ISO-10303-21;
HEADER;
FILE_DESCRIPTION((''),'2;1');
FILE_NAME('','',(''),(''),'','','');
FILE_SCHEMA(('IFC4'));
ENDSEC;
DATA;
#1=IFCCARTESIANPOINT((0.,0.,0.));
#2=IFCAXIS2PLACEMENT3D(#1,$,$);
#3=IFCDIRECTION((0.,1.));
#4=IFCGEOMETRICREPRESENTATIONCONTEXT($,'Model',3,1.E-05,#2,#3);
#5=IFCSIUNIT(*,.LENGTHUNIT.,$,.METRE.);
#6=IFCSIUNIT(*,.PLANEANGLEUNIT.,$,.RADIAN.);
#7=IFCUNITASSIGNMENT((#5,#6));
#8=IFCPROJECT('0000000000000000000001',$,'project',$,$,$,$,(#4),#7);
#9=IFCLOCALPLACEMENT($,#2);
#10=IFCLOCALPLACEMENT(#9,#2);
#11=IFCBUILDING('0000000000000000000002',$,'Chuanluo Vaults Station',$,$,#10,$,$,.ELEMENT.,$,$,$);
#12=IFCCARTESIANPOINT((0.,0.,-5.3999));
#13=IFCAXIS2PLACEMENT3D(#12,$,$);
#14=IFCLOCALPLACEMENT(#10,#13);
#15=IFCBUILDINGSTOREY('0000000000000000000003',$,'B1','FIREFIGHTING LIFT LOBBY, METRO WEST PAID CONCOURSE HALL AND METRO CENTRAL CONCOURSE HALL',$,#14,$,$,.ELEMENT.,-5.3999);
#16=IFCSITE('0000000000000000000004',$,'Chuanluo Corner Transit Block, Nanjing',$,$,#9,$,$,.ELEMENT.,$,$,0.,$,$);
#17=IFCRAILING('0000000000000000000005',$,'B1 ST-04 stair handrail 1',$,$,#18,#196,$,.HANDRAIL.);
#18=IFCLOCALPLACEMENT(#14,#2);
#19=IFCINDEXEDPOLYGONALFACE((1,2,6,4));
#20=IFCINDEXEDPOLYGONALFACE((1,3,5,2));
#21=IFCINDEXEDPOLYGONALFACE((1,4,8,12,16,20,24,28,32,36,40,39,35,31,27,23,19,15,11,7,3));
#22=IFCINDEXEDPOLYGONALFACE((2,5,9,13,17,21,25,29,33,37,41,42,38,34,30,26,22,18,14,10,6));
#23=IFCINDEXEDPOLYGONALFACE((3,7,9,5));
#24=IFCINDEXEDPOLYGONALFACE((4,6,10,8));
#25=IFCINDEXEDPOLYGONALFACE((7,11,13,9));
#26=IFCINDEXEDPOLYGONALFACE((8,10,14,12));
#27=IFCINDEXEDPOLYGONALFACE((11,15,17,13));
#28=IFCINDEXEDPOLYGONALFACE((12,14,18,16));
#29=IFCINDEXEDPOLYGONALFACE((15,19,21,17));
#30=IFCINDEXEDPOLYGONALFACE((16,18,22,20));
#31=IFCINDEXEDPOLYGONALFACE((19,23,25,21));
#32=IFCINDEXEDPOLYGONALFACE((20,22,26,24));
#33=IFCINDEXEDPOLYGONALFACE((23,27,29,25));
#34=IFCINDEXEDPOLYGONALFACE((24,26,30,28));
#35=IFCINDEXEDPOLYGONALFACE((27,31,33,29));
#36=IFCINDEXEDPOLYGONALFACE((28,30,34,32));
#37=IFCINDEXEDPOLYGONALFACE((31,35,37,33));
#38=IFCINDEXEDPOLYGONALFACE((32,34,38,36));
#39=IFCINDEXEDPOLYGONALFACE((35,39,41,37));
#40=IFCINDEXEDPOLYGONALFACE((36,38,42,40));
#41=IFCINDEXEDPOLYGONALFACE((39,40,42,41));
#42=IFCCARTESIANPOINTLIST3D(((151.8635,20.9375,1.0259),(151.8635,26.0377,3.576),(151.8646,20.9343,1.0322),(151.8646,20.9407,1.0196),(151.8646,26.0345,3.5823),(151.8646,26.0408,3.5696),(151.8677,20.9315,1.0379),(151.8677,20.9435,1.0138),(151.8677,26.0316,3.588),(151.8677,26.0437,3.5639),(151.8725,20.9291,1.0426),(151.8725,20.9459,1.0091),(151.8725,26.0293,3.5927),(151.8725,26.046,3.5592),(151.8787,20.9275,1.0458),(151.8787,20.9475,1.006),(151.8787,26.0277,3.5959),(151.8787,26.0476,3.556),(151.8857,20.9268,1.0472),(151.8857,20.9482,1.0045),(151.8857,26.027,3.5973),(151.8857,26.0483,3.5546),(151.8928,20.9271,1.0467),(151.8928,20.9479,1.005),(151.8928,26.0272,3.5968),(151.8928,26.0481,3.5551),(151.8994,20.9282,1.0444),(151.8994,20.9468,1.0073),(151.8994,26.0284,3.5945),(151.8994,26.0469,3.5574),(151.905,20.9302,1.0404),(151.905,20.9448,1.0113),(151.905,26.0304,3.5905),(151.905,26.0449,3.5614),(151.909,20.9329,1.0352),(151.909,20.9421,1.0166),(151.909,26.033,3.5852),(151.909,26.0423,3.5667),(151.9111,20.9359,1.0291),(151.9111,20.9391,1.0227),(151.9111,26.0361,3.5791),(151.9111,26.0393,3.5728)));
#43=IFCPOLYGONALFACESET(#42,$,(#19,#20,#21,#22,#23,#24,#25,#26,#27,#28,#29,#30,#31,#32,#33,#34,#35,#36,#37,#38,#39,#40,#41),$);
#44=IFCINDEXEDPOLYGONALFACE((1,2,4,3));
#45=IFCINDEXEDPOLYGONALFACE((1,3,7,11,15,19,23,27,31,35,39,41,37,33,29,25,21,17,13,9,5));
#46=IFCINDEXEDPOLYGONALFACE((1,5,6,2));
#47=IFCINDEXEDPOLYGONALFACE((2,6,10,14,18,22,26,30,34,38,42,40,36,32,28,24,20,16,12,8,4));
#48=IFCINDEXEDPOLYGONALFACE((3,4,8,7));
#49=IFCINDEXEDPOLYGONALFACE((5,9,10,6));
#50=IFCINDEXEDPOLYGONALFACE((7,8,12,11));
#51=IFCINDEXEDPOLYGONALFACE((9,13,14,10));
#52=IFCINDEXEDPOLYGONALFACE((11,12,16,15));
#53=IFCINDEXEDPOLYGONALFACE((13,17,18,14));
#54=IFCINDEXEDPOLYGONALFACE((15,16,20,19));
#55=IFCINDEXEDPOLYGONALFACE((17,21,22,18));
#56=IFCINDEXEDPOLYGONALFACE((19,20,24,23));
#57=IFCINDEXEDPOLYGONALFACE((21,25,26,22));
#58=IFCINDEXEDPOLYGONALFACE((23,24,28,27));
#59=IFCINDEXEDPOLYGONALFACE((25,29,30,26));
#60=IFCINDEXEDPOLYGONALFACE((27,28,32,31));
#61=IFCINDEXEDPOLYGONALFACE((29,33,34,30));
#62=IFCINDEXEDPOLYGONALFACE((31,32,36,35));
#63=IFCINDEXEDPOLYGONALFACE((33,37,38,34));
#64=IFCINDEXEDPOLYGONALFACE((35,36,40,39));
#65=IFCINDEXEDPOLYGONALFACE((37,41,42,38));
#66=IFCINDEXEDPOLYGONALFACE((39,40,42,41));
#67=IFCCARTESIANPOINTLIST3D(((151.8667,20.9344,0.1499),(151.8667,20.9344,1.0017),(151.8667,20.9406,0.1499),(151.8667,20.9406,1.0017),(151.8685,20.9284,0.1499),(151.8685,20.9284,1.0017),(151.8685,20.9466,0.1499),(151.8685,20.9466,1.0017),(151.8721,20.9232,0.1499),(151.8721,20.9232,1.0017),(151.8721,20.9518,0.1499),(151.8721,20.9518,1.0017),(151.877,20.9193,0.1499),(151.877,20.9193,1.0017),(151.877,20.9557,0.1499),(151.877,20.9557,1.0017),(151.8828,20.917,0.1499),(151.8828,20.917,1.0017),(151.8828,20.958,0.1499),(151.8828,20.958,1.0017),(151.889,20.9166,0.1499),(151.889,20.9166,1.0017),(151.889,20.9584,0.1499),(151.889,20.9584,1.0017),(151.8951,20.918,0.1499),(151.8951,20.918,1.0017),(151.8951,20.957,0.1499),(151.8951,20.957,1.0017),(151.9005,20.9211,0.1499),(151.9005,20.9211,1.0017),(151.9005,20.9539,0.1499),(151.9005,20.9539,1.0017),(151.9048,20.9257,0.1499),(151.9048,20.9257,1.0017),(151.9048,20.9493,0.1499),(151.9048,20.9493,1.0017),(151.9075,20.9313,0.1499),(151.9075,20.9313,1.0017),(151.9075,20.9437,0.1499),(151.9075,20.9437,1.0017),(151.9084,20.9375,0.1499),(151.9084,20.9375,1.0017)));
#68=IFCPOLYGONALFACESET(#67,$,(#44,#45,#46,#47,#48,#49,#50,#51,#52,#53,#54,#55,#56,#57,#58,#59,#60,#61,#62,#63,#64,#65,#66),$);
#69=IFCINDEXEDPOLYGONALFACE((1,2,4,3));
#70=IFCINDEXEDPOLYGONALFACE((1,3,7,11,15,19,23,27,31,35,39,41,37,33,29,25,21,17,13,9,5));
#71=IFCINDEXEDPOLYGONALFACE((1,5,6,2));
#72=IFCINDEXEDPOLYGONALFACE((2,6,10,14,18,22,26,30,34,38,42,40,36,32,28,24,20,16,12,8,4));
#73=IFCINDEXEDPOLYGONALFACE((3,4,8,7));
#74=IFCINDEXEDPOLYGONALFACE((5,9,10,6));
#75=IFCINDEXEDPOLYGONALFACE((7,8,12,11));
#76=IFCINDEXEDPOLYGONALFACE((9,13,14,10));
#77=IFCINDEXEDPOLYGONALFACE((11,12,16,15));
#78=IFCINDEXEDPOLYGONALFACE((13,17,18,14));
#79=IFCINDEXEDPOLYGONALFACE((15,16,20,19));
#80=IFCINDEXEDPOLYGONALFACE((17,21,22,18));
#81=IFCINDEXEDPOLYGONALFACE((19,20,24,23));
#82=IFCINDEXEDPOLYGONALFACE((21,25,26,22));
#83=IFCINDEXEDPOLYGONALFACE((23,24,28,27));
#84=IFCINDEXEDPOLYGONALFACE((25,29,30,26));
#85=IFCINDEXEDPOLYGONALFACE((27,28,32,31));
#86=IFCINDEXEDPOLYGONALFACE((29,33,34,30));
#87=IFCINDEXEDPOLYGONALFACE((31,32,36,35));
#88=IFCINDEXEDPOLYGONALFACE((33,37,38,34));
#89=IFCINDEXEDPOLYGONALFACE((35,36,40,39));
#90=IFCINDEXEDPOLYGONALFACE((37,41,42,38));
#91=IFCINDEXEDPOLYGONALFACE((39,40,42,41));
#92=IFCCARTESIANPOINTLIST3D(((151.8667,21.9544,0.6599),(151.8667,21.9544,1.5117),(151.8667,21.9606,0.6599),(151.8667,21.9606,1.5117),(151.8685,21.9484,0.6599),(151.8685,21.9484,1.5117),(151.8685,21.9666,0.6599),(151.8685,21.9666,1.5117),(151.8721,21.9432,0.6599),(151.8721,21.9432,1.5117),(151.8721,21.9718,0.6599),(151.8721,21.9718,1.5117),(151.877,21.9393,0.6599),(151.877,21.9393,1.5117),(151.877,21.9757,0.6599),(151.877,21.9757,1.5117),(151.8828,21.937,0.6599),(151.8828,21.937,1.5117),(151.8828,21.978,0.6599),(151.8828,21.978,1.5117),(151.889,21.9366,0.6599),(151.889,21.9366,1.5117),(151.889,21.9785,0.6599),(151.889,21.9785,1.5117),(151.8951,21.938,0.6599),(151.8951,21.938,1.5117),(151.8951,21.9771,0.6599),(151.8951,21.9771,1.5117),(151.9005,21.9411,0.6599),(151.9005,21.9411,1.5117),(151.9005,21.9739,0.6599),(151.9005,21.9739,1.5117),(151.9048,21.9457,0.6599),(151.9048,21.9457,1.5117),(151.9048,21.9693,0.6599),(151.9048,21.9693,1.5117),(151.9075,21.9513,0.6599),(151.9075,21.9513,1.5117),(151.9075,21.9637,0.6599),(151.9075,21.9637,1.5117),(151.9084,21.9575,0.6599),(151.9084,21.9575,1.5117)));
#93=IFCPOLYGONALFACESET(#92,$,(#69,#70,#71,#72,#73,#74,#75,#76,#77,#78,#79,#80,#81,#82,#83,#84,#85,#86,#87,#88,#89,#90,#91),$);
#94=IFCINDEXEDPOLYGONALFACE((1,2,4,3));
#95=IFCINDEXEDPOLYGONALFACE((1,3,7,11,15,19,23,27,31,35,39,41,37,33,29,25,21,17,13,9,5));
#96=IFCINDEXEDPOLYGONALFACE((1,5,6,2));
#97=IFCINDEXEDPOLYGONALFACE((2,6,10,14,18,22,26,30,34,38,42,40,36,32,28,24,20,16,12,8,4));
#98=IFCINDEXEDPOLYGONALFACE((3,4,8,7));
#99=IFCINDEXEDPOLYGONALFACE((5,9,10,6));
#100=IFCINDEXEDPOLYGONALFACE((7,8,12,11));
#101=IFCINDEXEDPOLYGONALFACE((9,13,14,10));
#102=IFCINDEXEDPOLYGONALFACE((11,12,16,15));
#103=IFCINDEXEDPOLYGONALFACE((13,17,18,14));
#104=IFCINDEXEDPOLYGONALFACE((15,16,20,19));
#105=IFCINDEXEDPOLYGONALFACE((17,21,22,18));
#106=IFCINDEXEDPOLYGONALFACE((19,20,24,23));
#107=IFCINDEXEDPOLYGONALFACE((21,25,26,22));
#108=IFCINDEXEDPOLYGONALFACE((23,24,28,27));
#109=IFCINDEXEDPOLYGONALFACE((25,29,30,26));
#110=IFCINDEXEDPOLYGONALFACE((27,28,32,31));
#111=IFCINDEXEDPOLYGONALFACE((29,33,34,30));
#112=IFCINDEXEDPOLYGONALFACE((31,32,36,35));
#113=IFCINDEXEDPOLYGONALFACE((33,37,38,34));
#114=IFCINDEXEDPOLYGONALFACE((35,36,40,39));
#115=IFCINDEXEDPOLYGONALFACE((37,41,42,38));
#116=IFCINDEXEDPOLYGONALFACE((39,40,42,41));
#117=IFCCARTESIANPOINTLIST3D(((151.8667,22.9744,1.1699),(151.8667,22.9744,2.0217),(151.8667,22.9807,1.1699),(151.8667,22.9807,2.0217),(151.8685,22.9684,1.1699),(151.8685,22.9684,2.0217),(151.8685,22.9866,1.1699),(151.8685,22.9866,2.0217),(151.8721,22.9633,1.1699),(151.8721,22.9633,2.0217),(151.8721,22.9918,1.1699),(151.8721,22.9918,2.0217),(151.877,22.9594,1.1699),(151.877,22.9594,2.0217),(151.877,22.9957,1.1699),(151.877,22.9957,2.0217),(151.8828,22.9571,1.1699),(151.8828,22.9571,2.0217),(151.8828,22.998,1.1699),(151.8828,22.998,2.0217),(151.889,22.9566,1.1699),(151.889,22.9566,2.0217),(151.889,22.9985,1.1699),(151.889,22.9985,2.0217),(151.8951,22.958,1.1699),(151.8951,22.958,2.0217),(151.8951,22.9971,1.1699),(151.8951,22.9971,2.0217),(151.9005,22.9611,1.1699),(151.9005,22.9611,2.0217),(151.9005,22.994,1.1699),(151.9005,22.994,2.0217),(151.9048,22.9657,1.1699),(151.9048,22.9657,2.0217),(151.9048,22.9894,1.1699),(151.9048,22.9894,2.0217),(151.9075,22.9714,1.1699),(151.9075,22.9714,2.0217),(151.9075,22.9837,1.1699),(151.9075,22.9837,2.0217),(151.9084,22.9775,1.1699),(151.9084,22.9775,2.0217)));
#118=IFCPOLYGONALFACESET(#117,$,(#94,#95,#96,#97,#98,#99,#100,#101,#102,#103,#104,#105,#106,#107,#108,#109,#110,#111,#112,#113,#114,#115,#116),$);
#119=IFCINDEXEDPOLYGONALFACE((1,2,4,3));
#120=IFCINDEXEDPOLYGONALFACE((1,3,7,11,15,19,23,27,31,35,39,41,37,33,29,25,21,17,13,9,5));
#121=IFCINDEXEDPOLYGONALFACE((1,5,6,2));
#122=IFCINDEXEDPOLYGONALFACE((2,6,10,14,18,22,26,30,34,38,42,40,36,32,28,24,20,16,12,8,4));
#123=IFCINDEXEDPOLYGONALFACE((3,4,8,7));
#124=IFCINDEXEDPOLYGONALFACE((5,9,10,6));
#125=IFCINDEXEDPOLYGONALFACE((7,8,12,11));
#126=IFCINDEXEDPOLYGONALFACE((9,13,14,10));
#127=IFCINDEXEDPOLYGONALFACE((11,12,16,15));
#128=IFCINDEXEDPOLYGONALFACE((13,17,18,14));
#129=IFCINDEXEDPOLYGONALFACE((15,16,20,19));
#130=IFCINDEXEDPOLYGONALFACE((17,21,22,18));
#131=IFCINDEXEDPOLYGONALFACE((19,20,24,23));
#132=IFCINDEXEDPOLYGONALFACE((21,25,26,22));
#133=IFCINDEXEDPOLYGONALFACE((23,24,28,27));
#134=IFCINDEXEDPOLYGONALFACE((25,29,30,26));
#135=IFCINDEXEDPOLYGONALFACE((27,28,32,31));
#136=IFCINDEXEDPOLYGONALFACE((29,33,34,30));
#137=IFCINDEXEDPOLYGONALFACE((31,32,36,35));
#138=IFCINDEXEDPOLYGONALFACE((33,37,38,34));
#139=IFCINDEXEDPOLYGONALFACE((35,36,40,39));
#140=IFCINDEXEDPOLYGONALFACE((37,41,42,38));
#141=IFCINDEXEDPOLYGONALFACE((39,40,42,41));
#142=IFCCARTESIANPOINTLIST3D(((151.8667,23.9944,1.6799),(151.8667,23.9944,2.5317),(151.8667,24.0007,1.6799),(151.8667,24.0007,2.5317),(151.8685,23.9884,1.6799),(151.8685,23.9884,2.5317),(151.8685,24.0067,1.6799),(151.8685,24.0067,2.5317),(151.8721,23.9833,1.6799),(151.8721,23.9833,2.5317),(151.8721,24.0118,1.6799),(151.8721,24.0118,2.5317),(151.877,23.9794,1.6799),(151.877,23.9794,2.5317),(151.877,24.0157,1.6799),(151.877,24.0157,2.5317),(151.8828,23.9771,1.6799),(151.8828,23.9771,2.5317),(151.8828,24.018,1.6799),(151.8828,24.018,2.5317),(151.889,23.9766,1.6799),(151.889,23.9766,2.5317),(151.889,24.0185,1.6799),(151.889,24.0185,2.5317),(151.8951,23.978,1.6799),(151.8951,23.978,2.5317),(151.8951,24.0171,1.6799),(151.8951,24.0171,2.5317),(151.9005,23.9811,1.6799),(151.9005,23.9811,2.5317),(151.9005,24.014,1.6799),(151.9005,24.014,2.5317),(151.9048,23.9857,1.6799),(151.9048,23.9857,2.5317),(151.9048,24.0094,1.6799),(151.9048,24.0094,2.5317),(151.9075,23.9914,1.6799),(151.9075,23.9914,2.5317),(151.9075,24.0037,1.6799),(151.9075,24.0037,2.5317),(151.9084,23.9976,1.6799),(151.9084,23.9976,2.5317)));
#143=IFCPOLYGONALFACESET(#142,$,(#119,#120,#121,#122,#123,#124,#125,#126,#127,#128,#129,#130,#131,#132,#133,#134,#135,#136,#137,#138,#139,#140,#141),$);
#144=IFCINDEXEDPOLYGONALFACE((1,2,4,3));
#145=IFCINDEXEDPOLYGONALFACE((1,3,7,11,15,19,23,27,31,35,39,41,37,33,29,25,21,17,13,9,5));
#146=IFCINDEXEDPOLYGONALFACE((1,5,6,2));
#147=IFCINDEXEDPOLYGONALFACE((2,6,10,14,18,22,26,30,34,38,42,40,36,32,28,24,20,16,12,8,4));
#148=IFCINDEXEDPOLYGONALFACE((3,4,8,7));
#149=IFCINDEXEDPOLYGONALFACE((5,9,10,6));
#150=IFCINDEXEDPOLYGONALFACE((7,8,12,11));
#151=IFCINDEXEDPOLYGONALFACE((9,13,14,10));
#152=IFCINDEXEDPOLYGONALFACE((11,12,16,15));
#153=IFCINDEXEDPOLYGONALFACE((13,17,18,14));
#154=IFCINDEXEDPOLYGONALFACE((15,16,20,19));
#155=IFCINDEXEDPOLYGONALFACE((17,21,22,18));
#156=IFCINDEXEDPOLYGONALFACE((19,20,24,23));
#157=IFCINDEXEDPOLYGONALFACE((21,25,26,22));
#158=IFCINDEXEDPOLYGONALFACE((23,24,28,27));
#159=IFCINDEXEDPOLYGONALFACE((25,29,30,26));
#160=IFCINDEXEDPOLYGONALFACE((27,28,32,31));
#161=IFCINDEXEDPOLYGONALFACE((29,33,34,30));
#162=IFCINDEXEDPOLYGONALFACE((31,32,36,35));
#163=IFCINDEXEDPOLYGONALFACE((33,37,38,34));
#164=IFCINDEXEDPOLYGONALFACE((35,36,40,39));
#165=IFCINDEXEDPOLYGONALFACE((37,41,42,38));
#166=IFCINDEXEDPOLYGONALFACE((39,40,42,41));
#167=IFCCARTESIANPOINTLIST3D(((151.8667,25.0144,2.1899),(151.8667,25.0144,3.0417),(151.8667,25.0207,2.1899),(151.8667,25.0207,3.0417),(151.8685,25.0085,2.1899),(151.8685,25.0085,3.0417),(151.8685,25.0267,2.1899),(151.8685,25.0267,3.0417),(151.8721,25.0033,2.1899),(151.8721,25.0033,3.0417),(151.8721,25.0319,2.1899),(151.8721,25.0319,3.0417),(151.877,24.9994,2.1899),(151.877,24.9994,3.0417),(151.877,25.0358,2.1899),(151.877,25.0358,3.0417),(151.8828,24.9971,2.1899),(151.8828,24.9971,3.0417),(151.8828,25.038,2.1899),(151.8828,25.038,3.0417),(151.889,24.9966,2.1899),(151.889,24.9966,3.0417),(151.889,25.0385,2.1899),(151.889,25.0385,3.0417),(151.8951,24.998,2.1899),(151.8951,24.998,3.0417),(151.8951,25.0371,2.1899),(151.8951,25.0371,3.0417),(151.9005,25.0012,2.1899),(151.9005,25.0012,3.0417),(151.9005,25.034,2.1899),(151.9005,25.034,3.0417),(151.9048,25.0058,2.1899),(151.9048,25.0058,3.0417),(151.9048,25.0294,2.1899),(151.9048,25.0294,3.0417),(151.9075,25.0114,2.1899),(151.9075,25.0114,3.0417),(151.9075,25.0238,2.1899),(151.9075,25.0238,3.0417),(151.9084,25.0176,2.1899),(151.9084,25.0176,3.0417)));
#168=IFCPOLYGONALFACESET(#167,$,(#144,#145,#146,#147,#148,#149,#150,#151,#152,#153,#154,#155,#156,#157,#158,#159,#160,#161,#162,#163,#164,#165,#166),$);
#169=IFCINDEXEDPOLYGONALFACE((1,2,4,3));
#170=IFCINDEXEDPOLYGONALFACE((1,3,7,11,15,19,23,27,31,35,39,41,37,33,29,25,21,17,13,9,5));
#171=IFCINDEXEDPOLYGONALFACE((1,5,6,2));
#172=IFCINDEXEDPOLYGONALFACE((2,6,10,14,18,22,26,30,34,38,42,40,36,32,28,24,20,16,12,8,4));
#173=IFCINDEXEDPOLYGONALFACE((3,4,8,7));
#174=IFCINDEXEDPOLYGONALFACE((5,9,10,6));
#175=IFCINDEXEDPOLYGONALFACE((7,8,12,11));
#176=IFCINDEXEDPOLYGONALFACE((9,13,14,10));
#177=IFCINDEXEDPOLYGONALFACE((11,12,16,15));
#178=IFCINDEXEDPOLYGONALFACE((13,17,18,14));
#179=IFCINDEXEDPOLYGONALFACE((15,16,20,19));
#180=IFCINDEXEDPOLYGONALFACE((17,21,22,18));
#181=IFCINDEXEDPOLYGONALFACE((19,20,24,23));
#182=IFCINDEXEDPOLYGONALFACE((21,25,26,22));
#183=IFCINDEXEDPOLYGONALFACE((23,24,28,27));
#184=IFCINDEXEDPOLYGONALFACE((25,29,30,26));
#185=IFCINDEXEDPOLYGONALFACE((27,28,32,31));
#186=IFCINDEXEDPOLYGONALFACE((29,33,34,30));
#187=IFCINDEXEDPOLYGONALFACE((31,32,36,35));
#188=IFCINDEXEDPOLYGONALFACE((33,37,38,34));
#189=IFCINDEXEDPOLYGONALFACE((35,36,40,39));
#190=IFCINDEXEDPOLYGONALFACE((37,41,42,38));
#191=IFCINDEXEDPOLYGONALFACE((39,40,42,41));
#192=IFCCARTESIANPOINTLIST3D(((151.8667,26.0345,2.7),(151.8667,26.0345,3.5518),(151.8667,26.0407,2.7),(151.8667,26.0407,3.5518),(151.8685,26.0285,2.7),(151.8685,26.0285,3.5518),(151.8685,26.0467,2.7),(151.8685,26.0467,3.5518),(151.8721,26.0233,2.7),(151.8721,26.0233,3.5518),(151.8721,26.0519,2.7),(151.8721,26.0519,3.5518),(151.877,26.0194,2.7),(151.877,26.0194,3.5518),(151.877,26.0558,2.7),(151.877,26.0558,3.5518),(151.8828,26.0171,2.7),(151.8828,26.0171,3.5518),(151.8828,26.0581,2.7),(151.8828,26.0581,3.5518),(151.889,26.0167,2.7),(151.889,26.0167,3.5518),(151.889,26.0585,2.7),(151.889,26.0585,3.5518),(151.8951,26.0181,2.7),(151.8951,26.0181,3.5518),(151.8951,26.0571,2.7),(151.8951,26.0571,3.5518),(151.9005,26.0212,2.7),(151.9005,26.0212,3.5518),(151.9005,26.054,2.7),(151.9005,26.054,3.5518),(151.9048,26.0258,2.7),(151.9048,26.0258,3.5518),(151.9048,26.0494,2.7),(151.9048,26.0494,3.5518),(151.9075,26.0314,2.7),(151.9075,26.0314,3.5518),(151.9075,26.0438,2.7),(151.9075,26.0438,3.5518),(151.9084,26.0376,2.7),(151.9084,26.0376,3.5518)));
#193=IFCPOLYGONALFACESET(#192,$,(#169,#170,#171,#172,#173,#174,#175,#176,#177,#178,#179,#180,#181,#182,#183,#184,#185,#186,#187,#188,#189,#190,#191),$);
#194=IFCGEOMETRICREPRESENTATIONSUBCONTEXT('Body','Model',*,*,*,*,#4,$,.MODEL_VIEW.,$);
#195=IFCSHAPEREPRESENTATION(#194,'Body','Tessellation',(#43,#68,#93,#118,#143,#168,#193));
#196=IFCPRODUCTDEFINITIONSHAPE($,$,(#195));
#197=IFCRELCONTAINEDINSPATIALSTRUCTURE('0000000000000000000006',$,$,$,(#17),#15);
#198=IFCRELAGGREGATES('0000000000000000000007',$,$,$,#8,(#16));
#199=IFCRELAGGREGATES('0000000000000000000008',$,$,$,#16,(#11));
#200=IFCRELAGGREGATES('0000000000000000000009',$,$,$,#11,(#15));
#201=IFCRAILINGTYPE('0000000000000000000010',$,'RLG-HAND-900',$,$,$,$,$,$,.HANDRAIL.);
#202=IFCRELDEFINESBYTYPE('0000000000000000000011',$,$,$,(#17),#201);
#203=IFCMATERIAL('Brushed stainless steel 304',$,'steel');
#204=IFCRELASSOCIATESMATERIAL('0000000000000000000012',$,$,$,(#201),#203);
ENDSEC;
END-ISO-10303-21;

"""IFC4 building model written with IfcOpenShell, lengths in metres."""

from ifc_helpers import new_model, si_unit, direction, frame, origin, origin_2d, place, context, subcontext, project, spatial, circle, extrude, material, type_object, element, save


model = new_model("IFC4")

# Units and contexts
model_context = context("Model", 3, precision=1e-05, world=origin(), true_north=direction((0.0, 1.0)))
body_context = subcontext(model_context, "Body", "Model", "MODEL_VIEW")
ifc_project = project(units=[si_unit("LENGTHUNIT", "METRE"), si_unit("PLANEANGLEUNIT", "RADIAN")], contexts=[model_context])

# Site, building, storey
site_placement = place(None, origin())
site = spatial("IfcSite", under=ifc_project, at=site_placement, Name="Chuanluo Corner Transit Block, Nanjing", CompositionType="ELEMENT", RefElevation=0.0)
building_placement = place(site_placement, origin())
building = spatial("IfcBuilding", under=site, at=building_placement, Name="Chuanluo Vaults Station", CompositionType="ELEMENT")
storey_placement = place(building_placement, frame((0.0, 0.0, -5.3999)))
storey = spatial("IfcBuildingStorey", under=building, at=storey_placement, Name="B1", Description="FIREFIGHTING LIFT LOBBY, METRO WEST PAID CONCOURSE HALL AND METRO CENTRAL CONCOURSE HALL", CompositionType="ELEMENT", Elevation=-5.3999)

# Railing
ifc_material_1 = material(Name="Brushed stainless steel 304", Category="steel")
railing_type_1 = type_object("IfcRailingType", Name="RLG-HAND-900", PredefinedType="HANDRAIL", material=ifc_material_1)
railing_1_placement = place(storey_placement, frame((151.8875, 20.9375, 0.1499)))
element("IfcRailing", 1, at=railing_1_placement, inside=storey, type_object=railing_type_1, Name="B1 ST-04 stair handrail 1", PredefinedType="HANDRAIL", context=body_context, shape_type="SweptSolid", body=[
    extrude(circle(Radius=0.0239, at=origin_2d()), frame((0.0, 0.0, 0.876), z_axis=(0.0, 0.894427, 0.447214), x_axis=(-1.0, 0.0, 0.0)), (0.0, 0.0, 1.0), 5.7021),
    extrude(circle(Radius=0.021, at=origin_2d()), origin(), (0.0, 0.0, 1.0), 0.8518),
    extrude(circle(Radius=0.021, at=origin_2d()), frame((0.0, 1.02, 0.51)), (0.0, 0.0, 1.0), 0.8518),
    extrude(circle(Radius=0.021, at=origin_2d()), frame((0.0, 2.04, 1.02)), (0.0, 0.0, 1.0), 0.8518),
    extrude(circle(Radius=0.021, at=origin_2d()), frame((0.0, 3.0601, 1.53)), (0.0, 0.0, 1.0), 0.8518),
    extrude(circle(Radius=0.021, at=origin_2d()), frame((0.0, 4.0801, 2.04)), (0.0, 0.0, 1.0), 0.8518),
    extrude(circle(Radius=0.021, at=origin_2d()), frame((0.0, 5.1001, 2.55)), (0.0, 0.0, 1.0), 0.8518),
])

save(model, "model.ifc")
